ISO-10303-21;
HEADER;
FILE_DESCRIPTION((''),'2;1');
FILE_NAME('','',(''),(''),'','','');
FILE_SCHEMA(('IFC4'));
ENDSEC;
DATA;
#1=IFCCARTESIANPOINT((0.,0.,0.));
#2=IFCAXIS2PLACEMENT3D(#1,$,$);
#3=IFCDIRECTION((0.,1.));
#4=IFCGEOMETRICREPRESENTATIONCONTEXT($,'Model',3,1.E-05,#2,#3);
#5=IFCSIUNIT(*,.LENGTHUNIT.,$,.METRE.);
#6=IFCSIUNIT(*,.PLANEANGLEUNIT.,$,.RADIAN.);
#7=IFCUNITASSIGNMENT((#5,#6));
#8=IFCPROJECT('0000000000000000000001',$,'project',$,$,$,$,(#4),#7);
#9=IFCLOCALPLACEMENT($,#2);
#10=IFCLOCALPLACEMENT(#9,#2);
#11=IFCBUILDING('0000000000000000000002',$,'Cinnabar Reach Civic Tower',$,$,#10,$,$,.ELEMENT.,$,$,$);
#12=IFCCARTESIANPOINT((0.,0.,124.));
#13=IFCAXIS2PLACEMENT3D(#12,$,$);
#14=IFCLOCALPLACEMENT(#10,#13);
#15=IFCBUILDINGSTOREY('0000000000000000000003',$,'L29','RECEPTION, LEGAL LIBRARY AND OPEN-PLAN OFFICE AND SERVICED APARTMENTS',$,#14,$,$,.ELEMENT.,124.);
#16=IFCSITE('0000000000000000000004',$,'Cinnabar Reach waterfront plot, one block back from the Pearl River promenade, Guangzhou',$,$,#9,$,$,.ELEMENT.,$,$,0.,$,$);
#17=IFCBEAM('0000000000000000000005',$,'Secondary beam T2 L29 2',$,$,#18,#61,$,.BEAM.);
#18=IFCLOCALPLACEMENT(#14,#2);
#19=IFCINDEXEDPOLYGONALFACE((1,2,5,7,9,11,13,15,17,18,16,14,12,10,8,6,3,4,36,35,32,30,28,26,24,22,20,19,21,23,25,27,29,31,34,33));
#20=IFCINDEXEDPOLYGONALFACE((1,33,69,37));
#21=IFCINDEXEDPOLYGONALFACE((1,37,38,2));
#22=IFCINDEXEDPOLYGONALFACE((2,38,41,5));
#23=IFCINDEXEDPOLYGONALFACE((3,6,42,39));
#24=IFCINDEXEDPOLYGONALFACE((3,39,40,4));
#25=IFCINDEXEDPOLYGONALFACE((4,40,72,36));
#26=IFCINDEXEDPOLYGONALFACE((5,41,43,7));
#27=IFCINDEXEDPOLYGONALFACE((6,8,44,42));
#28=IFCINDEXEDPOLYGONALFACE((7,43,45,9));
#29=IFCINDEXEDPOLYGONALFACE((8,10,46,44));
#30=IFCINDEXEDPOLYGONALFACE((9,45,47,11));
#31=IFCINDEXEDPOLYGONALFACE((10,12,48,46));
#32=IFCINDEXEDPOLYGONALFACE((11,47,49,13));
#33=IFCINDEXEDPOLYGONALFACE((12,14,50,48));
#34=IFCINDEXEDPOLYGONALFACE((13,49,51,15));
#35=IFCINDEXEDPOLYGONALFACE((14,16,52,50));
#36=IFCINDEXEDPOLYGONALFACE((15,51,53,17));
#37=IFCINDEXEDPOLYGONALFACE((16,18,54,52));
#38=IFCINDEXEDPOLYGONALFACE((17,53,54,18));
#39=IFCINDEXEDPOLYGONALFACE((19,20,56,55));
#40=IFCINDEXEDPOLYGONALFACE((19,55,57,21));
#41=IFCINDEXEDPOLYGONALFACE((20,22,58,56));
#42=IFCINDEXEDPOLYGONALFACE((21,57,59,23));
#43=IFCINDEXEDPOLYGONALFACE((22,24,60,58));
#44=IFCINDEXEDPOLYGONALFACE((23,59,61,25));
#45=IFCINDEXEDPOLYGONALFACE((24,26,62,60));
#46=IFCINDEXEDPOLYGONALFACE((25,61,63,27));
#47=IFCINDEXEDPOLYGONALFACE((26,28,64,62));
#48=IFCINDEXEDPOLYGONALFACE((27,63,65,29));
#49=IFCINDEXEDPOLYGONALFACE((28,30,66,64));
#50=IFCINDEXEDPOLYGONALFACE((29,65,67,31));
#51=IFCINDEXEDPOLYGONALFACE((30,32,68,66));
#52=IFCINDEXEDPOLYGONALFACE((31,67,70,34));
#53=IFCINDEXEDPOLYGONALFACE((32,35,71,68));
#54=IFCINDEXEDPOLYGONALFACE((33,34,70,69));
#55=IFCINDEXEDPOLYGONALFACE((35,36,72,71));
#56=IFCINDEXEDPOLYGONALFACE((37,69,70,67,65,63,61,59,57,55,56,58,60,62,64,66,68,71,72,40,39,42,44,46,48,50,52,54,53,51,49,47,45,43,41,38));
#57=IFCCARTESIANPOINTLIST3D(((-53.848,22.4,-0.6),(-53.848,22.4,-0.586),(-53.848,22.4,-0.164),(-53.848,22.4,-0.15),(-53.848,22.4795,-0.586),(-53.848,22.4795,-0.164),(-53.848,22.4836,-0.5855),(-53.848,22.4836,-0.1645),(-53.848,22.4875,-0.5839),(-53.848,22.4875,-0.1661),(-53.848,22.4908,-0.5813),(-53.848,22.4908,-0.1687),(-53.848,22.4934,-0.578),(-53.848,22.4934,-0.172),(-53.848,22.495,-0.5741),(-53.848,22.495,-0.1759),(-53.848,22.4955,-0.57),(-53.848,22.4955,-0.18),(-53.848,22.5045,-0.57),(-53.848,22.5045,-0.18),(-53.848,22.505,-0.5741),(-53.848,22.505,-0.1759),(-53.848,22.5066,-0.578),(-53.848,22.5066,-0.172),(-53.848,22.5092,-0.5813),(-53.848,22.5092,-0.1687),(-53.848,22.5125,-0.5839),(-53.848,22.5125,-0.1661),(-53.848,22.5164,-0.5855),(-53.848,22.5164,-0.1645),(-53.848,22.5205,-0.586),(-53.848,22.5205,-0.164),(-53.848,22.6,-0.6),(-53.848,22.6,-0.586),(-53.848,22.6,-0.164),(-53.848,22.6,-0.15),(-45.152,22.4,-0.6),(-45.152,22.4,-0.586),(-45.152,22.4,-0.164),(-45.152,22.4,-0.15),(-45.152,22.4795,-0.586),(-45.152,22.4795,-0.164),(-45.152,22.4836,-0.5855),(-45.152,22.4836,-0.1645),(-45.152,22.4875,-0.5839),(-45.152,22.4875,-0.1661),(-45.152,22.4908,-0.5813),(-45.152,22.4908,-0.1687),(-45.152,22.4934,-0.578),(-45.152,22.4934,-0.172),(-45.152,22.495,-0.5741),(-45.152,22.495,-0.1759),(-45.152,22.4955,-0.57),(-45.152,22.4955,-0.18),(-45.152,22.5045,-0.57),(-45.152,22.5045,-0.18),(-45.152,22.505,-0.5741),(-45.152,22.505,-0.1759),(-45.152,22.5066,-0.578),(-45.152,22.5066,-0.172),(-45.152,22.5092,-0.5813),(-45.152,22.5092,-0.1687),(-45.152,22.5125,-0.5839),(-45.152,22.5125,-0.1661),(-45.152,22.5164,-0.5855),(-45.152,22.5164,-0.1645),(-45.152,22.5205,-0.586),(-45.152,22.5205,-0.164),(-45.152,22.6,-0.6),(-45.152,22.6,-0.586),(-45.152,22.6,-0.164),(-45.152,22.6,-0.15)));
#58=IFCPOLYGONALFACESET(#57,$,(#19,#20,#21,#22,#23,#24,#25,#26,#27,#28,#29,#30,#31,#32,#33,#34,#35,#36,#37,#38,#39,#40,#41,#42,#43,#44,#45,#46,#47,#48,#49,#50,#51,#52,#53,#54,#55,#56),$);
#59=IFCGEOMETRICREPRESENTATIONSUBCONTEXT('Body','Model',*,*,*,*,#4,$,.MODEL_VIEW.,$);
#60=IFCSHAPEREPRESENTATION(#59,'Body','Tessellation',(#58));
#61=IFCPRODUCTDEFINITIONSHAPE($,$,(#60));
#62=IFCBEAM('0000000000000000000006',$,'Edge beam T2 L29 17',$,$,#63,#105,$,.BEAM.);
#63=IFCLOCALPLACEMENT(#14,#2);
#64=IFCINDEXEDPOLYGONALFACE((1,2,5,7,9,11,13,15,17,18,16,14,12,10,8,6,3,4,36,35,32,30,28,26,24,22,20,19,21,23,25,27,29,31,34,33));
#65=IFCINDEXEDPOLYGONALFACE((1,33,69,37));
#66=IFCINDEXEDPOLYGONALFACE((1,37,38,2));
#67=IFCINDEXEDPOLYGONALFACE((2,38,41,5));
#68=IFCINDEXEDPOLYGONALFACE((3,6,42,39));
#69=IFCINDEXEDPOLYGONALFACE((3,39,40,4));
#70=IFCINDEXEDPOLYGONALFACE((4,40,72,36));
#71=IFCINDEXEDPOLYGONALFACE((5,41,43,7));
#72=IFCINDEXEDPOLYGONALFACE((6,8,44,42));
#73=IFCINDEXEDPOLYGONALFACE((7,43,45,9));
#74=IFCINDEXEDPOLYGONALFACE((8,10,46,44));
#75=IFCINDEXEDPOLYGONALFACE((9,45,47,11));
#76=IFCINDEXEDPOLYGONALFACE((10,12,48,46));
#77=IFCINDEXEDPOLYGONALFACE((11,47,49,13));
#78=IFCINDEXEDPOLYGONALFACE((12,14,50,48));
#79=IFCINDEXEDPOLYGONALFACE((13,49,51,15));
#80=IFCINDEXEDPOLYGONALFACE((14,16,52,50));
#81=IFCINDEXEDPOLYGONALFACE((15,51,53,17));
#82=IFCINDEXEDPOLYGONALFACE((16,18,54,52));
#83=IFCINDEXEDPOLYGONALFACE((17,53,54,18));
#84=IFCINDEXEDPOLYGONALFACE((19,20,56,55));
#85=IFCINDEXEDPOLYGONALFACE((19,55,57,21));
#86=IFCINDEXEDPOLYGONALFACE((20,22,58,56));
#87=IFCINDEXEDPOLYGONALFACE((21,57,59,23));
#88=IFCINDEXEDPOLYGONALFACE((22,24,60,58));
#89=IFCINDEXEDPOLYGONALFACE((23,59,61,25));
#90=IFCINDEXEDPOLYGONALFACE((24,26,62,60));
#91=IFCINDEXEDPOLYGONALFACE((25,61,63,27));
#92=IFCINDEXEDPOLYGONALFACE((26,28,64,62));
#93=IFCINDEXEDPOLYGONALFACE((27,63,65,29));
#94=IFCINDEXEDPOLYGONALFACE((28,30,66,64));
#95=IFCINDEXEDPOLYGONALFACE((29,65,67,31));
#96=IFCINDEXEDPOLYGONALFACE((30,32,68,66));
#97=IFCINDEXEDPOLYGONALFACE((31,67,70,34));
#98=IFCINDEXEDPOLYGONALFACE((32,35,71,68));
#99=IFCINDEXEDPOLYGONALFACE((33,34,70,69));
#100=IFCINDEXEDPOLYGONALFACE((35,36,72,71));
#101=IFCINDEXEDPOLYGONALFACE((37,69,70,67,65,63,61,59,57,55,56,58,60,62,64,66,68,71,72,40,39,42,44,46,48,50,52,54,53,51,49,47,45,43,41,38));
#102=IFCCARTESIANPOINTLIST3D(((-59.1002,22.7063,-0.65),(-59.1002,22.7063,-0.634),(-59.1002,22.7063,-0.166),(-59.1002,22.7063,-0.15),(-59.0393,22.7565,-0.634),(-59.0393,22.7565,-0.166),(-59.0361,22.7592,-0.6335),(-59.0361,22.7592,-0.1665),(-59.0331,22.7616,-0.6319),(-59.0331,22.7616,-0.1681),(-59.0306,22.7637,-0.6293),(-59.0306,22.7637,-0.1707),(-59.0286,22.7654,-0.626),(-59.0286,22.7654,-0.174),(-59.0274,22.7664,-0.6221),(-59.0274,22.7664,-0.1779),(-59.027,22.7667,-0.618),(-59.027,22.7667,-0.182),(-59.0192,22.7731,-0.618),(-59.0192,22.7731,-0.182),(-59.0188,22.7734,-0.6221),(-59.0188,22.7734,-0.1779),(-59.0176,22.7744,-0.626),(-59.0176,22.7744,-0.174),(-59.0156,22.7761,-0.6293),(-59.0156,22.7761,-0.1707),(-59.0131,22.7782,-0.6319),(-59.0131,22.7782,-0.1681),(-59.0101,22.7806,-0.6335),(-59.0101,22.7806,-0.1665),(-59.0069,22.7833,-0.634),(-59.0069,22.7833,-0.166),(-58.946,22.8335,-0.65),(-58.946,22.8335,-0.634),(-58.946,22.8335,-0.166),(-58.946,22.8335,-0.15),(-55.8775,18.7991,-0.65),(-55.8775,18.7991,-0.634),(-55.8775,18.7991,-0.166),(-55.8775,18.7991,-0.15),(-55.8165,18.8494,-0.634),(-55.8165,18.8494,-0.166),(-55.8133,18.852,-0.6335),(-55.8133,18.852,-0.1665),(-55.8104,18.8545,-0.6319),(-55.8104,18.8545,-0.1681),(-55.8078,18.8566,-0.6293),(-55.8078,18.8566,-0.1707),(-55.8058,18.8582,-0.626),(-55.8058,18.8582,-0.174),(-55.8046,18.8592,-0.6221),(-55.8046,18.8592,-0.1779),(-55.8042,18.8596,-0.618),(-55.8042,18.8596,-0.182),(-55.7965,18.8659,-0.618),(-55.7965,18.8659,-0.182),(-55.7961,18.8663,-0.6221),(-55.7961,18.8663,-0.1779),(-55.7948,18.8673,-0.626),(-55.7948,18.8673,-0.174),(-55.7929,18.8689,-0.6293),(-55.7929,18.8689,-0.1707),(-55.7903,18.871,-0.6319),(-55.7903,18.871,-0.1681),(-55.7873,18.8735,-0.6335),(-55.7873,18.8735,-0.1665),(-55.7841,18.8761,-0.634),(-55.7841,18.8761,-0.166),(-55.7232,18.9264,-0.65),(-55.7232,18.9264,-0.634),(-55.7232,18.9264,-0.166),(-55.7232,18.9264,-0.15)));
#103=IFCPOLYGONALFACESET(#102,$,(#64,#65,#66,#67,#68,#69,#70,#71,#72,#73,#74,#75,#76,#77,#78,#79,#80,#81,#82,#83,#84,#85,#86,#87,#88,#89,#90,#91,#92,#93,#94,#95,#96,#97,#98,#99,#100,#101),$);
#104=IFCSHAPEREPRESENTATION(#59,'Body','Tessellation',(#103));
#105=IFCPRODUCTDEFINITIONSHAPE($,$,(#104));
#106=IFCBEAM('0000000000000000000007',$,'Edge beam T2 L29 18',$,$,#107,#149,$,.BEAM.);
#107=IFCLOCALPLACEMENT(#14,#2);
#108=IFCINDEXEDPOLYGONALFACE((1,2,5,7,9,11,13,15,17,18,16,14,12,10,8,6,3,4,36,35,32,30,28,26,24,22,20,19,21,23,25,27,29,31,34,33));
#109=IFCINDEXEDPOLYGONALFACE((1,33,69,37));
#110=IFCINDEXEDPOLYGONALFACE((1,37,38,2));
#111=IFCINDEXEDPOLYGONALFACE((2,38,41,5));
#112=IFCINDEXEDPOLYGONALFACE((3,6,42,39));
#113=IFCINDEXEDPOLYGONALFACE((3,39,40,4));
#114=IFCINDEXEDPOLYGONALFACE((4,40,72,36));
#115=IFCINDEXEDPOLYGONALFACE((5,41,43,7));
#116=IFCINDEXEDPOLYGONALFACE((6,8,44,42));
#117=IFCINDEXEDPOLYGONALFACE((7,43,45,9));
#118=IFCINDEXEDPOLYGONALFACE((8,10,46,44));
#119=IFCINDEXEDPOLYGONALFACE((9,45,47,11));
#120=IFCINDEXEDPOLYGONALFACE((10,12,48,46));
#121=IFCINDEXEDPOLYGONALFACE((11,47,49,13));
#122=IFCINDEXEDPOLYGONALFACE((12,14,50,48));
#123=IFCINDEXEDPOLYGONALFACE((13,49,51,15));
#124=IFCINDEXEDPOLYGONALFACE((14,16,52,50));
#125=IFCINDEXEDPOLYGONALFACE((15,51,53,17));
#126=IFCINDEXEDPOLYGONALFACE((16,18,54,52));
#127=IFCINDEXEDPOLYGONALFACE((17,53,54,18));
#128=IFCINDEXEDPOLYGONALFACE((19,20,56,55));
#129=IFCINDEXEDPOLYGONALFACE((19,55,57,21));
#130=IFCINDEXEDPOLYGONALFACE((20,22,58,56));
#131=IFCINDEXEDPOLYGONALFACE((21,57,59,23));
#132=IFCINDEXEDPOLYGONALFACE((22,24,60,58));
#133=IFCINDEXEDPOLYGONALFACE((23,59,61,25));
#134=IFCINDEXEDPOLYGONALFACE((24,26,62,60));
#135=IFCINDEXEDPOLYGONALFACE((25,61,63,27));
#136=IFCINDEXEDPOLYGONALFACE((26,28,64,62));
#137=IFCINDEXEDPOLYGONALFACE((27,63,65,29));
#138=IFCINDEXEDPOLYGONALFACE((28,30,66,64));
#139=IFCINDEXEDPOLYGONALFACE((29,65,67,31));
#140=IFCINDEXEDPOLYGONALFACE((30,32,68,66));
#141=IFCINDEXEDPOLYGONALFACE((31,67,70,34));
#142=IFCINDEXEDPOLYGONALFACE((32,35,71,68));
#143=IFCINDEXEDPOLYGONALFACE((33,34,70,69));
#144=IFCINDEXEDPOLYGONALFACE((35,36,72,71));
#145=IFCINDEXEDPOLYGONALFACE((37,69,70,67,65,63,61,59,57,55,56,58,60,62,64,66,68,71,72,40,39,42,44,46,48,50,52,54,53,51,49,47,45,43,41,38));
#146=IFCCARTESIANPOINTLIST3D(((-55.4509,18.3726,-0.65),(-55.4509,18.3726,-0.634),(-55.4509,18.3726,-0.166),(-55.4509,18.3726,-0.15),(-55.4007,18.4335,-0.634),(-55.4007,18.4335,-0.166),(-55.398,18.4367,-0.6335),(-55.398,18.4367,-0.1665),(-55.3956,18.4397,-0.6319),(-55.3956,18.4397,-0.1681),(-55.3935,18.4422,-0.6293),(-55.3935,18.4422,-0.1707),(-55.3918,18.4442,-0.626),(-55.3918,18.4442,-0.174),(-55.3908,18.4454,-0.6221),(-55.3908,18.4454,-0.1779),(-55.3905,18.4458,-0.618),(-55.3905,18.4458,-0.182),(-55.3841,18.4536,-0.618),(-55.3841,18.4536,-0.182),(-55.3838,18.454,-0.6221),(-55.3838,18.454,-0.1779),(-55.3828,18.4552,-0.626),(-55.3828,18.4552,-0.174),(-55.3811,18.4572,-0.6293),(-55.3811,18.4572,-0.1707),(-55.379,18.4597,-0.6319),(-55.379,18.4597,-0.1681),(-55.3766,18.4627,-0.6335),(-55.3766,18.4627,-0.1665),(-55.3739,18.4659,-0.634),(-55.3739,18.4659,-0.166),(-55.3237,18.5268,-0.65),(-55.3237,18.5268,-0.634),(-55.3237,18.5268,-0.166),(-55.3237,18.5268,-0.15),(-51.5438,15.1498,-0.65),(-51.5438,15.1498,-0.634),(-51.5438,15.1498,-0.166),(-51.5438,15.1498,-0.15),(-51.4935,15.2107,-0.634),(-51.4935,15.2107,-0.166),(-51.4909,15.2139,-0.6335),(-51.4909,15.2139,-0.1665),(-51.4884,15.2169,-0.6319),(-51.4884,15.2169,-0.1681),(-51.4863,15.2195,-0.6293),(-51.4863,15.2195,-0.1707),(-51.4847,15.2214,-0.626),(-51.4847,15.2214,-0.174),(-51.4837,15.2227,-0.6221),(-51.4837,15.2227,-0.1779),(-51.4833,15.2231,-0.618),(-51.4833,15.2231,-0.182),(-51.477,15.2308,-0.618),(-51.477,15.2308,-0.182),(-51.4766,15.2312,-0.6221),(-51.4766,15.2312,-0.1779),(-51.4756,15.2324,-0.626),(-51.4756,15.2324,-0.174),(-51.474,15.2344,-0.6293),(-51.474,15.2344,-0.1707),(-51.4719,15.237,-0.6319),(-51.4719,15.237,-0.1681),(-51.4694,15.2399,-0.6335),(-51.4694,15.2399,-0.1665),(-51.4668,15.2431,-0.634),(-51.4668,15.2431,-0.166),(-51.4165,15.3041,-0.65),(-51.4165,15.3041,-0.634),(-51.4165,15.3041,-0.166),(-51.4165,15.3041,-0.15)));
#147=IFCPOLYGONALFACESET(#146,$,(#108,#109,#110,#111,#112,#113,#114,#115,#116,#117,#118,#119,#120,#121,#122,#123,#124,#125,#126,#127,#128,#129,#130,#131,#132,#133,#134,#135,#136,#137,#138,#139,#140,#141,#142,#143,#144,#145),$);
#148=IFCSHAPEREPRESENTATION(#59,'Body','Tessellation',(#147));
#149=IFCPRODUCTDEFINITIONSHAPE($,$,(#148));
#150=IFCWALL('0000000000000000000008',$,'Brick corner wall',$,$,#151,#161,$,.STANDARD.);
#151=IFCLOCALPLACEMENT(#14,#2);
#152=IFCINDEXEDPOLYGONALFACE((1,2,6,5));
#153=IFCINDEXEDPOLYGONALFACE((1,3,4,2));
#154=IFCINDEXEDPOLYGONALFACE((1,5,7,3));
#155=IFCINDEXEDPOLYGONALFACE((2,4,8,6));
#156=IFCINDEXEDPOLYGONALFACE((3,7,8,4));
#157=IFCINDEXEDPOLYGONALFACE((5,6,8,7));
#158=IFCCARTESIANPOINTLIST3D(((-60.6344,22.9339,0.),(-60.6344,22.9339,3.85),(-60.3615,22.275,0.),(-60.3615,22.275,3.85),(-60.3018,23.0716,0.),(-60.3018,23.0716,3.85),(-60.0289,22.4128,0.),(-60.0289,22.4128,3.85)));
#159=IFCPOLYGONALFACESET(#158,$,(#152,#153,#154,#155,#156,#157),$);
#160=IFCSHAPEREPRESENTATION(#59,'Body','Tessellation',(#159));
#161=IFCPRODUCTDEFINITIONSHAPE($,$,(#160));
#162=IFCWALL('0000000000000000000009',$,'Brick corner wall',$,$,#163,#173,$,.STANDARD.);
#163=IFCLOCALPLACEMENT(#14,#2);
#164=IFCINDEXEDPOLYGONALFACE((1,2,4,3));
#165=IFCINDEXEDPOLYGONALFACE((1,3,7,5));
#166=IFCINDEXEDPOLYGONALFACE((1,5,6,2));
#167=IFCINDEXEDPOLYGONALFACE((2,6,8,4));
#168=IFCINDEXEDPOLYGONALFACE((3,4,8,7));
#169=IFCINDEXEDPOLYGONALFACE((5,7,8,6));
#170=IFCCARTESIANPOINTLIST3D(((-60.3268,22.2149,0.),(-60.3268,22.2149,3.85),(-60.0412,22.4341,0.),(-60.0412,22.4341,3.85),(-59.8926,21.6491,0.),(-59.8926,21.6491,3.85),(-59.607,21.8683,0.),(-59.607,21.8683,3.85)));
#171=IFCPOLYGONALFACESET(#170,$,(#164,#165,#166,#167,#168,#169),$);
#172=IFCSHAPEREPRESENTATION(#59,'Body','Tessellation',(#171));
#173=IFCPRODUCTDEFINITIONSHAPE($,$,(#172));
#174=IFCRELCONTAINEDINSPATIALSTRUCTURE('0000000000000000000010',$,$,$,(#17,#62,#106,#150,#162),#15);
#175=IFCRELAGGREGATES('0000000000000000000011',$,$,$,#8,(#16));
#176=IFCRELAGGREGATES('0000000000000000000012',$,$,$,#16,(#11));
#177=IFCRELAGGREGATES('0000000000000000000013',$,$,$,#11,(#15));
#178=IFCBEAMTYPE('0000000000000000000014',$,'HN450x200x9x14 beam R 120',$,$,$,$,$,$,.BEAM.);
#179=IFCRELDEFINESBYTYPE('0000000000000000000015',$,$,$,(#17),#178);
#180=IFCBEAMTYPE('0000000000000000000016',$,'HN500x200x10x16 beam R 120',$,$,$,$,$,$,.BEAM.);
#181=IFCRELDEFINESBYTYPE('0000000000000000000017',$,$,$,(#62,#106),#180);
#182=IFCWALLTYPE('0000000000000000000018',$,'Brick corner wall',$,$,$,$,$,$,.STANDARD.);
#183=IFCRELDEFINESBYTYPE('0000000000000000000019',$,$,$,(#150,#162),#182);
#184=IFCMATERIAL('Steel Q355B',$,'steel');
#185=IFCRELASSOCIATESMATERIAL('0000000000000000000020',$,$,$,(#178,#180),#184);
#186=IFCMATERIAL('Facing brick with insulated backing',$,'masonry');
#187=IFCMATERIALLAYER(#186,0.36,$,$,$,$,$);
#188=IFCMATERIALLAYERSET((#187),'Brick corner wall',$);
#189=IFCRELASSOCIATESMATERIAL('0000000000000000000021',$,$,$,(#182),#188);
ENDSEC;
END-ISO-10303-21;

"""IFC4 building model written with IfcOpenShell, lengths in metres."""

from ifc_helpers import new_model, si_unit, direction, frame, frame_2d, origin, origin_2d, place, context, subcontext, project, spatial, rectangle, i_section, extrude, material, layer, layer_set, material_profile, profile_set, type_object, element, save


model = new_model("IFC4")

# Units and contexts
model_context = context("Model", 3, precision=1e-05, world=origin(), true_north=direction((0.0, 1.0)))
body_context = subcontext(model_context, "Body", "Model", "MODEL_VIEW")
ifc_project = project(units=[si_unit("LENGTHUNIT", "METRE"), si_unit("PLANEANGLEUNIT", "RADIAN")], contexts=[model_context])

# Site, building, storey
site_placement = place(None, origin())
site = spatial("IfcSite", under=ifc_project, at=site_placement, Name="Cinnabar Reach waterfront plot, one block back from the Pearl River promenade, Guangzhou", CompositionType="ELEMENT", RefElevation=0.0)
building_placement = place(site_placement, origin())
building = spatial("IfcBuilding", under=site, at=building_placement, Name="Cinnabar Reach Civic Tower", CompositionType="ELEMENT")
storey_placement = place(building_placement, frame((0.0, 0.0, 124.0)))
storey = spatial("IfcBuildingStorey", under=building, at=storey_placement, Name="L29", Description="RECEPTION, LEGAL LIBRARY AND OPEN-PLAN OFFICE AND SERVICED APARTMENTS", CompositionType="ELEMENT", Elevation=124.0)

# Beams
ifc_material_1 = material(Name="Steel Q355B", Category="steel")
ifc_material_profile_1 = material_profile(ifc_material_1, i_section(OverallWidth=0.2, OverallDepth=0.45, WebThickness=0.009, FlangeThickness=0.014, FilletRadius=0.016, at=origin_2d()), Name="HN450x200x9x14")
ifc_profile_set_1 = profile_set([ifc_material_profile_1], Name="Steel Q355B")
beam_type_1 = type_object("IfcBeamType", Name="HN450x200x9x14 beam R 120", PredefinedType="BEAM", material=ifc_profile_set_1)
beam_1_placement = place(storey_placement, frame((-53.848, 22.5, -0.375), z_axis=(1.0, 0.0, 0.0), x_axis=(0.0, 1.0, 0.0)))
element("IfcBeam", 1, at=beam_1_placement, inside=storey, type_object=beam_type_1, Name="Secondary beam T2 L29 2", PredefinedType="BEAM", context=body_context, shape_type="SweptSolid", body=[
    extrude(i_section(OverallWidth=0.2, OverallDepth=0.45, WebThickness=0.009, FlangeThickness=0.014, FilletRadius=0.016, at=origin_2d()), origin(), (0.0, 0.0, 1.0), 8.696),
])
ifc_material_profile_2 = material_profile(ifc_material_1, i_section(OverallWidth=0.2, OverallDepth=0.5, WebThickness=0.01, FlangeThickness=0.016, FilletRadius=0.016, at=origin_2d()), Name="HN500x200x10x16")
ifc_profile_set_2 = profile_set([ifc_material_profile_2], Name="Steel Q355B")
beam_type_2 = type_object("IfcBeamType", Name="HN500x200x10x16 beam R 120", PredefinedType="BEAM", material=ifc_profile_set_2)
for number, where, z_axis, x_axis, name in (
    (2, (-59.0231, 22.7699, -0.4), (0.636308, -0.771435, 0.0), (0.771435, 0.636308, 0.0), "Edge beam T2 L29 17"),
    (3, (-55.3873, 18.4497, -0.4), (0.771435, -0.636308, 0.0), (0.636308, 0.771435, 0.0), "Edge beam T2 L29 18"),
):
    element("IfcBeam", number, at=place(storey_placement, frame(where, z_axis=z_axis, x_axis=x_axis)), inside=storey, type_object=beam_type_2, Name=name, PredefinedType="BEAM", context=body_context, shape_type="SweptSolid", body=[
        extrude(i_section(OverallWidth=0.2, OverallDepth=0.5, WebThickness=0.01, FlangeThickness=0.016, FilletRadius=0.016, at=origin_2d()), origin(), (0.0, 0.0, 1.0), 5.0648),
    ])

# Walls
ifc_material_2 = material(Name="Facing brick with insulated backing", Category="masonry")
ifc_layer_1 = layer(ifc_material_2, 0.36)
ifc_layer_set_1 = layer_set([ifc_layer_1], Name="Brick corner wall")
wall_type_1 = type_object("IfcWallType", Name="Brick corner wall", PredefinedType="STANDARD", material=ifc_layer_set_1)
wall_1_placement = place(storey_placement, frame((-60.4681, 23.0027, 0.0), z_axis=(0.0, 0.0, 1.0), x_axis=(0.382703, -0.923872, 0.0)))
element("IfcWall", 4, at=wall_1_placement, inside=storey, type_object=wall_type_1, Name="Brick corner wall", PredefinedType="STANDARD", context=body_context, shape_type="SweptSolid", body=[
    extrude(rectangle(XDim=0.7131, YDim=0.36, at=frame_2d((0.3565, 0.0))), origin(), (0.0, 0.0, 1.0), 3.85),
])
wall_2_placement = place(storey_placement, frame((-60.184, 22.3245, 0.0), z_axis=(0.0, 0.0, 1.0), x_axis=(0.608802, -0.793322, 0.0)))
element("IfcWall", 5, at=wall_2_placement, inside=storey, type_object=wall_type_1, Name="Brick corner wall", PredefinedType="STANDARD", context=body_context, shape_type="SweptSolid", body=[
    extrude(rectangle(XDim=0.7132, YDim=0.36, at=frame_2d((0.3566, 0.0))), origin(), (0.0, 0.0, 1.0), 3.85),
])

save(model, "model.ifc")
